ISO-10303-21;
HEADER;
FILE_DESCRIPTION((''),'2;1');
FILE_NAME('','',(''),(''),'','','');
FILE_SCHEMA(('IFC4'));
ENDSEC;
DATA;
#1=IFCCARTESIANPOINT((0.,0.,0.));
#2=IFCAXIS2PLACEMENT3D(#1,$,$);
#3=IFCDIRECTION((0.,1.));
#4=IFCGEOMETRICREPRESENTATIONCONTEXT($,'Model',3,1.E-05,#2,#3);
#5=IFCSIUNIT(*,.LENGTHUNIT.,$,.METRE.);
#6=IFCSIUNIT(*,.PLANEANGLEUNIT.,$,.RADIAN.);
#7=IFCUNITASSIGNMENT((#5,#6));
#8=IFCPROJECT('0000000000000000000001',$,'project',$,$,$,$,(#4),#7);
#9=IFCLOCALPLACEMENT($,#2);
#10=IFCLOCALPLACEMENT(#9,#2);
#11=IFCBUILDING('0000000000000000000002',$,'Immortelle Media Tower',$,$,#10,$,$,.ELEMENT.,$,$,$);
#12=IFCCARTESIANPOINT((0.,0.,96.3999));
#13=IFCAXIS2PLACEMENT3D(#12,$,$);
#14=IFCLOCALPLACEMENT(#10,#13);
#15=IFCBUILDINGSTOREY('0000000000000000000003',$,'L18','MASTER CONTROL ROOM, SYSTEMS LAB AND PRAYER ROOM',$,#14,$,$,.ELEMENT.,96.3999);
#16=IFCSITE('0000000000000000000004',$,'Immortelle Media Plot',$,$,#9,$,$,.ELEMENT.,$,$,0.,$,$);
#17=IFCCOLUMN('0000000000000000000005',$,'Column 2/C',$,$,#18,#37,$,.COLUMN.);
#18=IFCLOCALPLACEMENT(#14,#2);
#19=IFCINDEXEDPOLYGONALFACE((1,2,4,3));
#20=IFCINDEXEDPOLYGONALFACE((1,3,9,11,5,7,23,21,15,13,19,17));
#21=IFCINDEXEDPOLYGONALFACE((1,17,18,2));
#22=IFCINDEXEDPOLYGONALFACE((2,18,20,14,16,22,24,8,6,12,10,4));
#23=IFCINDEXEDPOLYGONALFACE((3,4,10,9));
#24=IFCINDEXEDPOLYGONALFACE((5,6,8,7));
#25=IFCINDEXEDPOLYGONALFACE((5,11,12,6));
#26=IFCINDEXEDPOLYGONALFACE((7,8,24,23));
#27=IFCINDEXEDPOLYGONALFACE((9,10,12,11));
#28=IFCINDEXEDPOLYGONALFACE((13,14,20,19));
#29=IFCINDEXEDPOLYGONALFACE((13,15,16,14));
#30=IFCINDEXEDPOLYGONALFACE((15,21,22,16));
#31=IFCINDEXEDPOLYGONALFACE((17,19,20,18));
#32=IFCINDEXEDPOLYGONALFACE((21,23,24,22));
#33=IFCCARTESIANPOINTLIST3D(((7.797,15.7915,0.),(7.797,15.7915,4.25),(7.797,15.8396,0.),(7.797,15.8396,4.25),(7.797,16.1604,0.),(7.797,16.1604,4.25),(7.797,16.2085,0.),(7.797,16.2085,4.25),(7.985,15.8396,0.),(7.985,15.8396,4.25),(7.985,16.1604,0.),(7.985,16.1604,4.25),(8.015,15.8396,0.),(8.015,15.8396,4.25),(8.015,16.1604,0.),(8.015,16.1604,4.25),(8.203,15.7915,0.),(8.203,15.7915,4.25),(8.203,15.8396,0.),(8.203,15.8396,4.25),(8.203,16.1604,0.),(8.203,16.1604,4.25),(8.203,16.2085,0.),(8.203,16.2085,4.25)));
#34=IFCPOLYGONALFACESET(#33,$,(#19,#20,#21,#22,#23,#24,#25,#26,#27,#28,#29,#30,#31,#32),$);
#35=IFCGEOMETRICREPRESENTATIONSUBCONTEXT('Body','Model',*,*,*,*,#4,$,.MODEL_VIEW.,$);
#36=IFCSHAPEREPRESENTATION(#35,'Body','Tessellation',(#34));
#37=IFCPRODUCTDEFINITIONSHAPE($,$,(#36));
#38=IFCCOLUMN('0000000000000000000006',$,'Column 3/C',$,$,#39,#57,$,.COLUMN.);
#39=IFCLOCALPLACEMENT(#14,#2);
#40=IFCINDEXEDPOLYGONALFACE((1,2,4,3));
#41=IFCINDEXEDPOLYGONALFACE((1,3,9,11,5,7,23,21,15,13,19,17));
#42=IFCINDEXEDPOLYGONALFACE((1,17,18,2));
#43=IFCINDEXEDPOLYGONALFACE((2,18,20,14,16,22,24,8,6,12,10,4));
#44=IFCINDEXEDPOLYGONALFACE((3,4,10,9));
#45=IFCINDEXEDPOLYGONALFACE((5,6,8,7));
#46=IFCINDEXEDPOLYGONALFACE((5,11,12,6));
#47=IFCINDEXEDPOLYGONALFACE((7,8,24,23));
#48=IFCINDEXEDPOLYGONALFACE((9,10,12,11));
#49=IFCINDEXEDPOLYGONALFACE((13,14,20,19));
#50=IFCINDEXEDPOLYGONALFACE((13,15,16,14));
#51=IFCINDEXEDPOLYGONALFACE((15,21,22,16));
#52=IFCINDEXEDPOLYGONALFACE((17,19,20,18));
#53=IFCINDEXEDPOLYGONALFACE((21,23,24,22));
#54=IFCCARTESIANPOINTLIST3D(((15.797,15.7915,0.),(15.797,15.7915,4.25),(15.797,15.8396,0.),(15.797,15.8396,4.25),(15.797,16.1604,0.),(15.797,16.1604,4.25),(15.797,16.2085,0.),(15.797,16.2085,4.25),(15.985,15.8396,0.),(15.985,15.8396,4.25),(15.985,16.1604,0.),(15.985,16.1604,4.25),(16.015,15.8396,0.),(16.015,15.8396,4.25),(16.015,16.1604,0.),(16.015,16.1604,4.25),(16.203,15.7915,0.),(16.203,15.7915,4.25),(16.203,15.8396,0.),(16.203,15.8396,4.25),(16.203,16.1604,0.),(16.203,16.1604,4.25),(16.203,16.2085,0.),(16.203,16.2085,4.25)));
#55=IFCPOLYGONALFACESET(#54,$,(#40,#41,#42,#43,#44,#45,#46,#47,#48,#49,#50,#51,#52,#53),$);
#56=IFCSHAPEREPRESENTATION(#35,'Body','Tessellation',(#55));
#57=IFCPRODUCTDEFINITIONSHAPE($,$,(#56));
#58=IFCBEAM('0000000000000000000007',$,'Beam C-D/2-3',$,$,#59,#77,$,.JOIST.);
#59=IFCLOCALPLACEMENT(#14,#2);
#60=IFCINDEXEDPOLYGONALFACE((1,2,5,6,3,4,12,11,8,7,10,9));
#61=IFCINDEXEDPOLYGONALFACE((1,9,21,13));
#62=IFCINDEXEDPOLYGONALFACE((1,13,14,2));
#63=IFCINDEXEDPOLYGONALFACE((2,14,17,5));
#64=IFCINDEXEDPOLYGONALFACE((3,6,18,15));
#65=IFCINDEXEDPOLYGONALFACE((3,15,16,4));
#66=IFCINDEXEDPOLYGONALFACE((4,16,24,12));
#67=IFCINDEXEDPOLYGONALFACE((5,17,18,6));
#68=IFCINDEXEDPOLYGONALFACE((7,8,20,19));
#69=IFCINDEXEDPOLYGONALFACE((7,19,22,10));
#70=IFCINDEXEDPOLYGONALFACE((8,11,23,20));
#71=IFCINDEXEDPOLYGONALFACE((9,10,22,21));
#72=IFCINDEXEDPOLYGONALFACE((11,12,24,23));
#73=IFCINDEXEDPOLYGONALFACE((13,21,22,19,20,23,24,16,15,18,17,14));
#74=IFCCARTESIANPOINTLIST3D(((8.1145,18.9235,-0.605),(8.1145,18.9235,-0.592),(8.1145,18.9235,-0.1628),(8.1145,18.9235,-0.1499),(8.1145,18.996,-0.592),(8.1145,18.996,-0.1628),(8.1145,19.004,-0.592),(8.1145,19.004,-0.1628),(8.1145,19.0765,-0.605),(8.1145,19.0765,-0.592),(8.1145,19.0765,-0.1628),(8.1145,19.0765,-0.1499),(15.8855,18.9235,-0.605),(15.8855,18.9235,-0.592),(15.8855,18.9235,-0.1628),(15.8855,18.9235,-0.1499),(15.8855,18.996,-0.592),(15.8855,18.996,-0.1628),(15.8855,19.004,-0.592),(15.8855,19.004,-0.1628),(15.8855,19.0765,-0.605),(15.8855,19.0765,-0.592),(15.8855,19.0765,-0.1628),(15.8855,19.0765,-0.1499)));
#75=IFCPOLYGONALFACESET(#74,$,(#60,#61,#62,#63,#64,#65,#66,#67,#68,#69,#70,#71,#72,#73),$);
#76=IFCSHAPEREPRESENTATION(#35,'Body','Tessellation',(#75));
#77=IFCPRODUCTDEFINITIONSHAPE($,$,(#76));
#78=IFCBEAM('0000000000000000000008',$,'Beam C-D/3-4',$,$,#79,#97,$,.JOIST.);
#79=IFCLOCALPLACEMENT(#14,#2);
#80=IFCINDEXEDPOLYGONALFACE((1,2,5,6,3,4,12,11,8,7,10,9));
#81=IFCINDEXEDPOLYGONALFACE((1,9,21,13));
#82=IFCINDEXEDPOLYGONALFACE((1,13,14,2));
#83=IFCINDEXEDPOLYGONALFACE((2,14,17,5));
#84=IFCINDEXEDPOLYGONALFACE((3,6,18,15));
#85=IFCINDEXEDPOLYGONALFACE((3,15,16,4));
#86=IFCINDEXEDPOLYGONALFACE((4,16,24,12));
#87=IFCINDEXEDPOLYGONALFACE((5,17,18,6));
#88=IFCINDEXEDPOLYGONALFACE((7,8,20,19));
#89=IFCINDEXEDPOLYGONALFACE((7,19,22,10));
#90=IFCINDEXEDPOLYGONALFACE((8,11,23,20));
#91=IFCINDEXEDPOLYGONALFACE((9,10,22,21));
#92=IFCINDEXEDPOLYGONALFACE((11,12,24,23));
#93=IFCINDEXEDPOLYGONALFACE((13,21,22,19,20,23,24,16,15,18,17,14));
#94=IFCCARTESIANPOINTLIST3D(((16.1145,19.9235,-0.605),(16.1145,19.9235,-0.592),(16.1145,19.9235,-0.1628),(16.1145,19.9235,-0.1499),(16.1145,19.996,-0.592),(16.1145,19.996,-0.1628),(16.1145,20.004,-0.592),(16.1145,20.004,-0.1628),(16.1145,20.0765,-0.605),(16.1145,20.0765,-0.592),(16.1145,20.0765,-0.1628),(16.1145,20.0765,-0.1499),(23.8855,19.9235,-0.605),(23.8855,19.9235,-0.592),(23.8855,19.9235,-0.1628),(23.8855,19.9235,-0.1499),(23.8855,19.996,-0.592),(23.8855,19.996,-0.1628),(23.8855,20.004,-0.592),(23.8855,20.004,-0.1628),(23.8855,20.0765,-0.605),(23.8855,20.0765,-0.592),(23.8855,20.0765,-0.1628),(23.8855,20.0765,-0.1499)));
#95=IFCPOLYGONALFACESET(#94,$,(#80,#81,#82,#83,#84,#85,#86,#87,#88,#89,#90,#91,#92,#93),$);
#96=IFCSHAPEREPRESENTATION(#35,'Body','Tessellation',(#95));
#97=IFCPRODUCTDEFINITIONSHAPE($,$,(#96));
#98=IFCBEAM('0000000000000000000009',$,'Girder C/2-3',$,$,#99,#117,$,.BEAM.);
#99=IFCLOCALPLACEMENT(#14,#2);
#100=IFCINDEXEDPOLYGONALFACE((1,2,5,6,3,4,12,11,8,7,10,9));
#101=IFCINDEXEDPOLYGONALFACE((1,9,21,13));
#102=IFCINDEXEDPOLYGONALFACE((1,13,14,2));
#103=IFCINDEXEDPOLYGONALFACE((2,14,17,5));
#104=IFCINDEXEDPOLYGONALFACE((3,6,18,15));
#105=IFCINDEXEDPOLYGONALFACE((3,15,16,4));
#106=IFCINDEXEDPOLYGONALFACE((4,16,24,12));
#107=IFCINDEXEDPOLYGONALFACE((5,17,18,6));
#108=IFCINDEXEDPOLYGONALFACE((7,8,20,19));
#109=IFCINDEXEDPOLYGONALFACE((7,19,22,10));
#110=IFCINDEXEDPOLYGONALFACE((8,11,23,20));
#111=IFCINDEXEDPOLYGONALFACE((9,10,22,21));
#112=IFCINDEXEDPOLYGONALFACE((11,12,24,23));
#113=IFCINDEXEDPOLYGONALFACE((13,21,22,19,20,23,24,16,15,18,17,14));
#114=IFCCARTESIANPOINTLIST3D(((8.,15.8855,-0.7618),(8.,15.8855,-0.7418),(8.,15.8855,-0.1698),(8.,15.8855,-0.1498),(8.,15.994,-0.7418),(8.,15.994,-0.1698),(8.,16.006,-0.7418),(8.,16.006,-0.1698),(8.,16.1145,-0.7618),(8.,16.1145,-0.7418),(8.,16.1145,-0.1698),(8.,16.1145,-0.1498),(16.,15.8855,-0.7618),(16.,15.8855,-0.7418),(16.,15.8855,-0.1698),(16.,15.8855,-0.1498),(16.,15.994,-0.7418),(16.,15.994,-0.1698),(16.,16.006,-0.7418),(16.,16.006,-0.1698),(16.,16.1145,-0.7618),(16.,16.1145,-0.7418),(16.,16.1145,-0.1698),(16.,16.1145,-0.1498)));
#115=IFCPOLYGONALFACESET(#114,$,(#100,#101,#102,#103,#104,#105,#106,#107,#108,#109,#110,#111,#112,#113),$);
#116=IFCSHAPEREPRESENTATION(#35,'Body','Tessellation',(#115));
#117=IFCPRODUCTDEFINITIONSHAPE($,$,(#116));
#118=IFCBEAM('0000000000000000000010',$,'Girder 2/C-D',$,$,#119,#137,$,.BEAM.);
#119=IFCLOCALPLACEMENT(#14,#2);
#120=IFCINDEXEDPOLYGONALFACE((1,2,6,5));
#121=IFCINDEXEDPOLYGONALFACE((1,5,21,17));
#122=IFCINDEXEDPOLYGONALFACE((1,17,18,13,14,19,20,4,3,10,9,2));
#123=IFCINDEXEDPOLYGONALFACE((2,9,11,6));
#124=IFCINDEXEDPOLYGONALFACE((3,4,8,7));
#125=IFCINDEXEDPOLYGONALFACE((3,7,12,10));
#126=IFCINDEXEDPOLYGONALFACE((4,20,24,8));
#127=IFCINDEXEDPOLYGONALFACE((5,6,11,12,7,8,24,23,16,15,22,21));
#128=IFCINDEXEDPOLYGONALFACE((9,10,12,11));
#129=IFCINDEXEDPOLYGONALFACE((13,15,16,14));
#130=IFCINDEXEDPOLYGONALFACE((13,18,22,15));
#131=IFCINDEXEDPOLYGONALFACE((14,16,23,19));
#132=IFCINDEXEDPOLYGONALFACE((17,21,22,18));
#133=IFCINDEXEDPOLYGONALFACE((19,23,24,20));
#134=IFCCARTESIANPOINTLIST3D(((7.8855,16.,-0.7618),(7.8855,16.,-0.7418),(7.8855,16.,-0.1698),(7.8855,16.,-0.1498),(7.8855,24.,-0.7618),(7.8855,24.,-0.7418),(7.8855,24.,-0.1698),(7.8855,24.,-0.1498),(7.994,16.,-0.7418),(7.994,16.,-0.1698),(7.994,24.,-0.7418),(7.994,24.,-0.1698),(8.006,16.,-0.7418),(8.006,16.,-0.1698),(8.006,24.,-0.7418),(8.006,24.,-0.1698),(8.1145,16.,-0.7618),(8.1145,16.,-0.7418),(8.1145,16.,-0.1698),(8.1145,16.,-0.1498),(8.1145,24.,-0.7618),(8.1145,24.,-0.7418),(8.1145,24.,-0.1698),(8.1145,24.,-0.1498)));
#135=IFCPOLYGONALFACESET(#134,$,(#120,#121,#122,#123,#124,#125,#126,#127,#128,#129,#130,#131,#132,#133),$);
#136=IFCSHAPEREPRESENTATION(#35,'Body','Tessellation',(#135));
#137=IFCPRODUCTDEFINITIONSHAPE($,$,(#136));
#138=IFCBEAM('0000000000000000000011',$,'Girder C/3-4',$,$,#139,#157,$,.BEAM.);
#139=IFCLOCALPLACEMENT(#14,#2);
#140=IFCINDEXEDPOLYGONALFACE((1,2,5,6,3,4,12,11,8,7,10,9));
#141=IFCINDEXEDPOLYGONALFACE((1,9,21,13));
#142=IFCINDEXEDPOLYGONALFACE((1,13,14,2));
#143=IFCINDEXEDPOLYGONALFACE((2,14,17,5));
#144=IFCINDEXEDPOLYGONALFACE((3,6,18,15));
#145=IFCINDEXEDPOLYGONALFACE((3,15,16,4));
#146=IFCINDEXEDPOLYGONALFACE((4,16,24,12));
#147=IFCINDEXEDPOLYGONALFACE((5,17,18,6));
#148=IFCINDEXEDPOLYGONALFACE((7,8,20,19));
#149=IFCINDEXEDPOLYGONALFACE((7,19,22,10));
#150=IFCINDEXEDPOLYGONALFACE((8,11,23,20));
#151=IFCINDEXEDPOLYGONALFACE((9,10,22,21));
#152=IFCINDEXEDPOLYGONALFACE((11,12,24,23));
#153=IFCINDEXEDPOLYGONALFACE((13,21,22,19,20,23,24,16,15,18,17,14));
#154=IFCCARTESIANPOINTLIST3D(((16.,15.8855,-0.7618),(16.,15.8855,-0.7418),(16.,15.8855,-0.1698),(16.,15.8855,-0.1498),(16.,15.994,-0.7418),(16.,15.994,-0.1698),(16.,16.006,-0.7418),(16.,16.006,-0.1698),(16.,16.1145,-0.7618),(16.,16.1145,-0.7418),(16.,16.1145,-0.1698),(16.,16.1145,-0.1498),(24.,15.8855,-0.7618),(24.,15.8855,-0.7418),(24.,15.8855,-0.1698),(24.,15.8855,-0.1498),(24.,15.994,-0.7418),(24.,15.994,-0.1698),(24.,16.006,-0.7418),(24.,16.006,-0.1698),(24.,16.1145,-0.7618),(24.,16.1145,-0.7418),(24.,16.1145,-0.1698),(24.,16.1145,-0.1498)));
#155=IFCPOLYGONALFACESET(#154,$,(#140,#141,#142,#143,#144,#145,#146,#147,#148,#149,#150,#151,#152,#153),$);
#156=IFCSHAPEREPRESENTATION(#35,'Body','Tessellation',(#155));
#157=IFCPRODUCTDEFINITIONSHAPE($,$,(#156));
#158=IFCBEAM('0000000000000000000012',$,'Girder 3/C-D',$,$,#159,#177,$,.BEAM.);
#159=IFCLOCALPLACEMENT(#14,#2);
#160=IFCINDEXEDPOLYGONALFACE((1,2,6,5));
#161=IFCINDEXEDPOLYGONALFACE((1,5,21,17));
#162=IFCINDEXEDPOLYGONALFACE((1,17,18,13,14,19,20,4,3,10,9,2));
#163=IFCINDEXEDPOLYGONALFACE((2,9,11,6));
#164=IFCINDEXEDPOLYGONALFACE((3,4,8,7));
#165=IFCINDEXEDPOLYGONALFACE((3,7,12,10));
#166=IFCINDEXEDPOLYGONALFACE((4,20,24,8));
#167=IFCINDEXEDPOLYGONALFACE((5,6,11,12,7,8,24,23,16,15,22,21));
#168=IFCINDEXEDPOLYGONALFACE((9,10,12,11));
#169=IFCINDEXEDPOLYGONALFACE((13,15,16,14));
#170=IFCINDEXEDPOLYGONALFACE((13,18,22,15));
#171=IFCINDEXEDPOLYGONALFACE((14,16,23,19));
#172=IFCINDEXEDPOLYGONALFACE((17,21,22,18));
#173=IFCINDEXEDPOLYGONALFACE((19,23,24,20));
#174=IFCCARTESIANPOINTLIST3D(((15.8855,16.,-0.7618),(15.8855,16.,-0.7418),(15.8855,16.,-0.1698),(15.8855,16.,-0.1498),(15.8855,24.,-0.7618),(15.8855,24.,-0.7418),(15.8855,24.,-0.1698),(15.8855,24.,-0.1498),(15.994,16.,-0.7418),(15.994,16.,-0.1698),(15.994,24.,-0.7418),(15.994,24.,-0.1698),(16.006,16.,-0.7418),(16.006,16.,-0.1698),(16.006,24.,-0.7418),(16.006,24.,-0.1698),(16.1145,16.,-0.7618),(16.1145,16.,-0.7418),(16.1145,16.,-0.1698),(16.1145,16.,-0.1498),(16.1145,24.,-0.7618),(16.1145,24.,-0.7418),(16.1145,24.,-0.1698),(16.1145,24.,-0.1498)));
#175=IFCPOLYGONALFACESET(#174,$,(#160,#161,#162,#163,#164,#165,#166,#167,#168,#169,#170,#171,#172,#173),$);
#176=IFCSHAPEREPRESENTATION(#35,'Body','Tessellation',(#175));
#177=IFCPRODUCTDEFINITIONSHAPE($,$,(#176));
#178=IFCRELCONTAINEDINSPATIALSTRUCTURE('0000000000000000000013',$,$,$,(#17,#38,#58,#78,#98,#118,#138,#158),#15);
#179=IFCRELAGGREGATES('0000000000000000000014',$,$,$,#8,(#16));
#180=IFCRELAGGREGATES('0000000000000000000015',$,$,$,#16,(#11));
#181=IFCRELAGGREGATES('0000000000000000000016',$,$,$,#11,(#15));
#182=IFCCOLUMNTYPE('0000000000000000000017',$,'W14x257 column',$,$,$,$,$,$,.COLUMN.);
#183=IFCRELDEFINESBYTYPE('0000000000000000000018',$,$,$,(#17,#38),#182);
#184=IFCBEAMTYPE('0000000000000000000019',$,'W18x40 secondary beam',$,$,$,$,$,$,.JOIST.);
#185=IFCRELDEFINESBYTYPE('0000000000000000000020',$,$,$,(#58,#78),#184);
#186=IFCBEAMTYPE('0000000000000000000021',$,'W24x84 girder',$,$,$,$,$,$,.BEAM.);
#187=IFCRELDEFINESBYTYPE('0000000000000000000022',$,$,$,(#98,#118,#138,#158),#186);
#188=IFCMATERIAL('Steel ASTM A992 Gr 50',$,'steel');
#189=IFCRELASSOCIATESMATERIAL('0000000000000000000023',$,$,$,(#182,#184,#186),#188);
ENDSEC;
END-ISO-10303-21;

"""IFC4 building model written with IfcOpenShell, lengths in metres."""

from ifc_helpers import new_model, si_unit, direction, frame, origin, origin_2d, place, context, subcontext, project, spatial, i_section, extrude, material, material_profile, profile_set, type_object, element, save


model = new_model("IFC4")

# Units and contexts
model_context = context("Model", 3, precision=1e-05, world=origin(), true_north=direction((0.0, 1.0)))
body_context = subcontext(model_context, "Body", "Model", "MODEL_VIEW")
ifc_project = project(units=[si_unit("LENGTHUNIT", "METRE"), si_unit("PLANEANGLEUNIT", "RADIAN")], contexts=[model_context])

# Site, building, storey
site_placement = place(None, origin())
site = spatial("IfcSite", under=ifc_project, at=site_placement, Name="Immortelle Media Plot", CompositionType="ELEMENT", RefElevation=0.0)
building_placement = place(site_placement, origin())
building = spatial("IfcBuilding", under=site, at=building_placement, Name="Immortelle Media Tower", CompositionType="ELEMENT")
storey_placement = place(building_placement, frame((0.0, 0.0, 96.3999)))
storey = spatial("IfcBuildingStorey", under=building, at=storey_placement, Name="L18", Description="MASTER CONTROL ROOM, SYSTEMS LAB AND PRAYER ROOM", CompositionType="ELEMENT", Elevation=96.3999)

# Columns
ifc_material_1 = material(Name="Steel ASTM A992 Gr 50", Category="steel")
ifc_material_profile_1 = material_profile(ifc_material_1, i_section(OverallWidth=0.406, OverallDepth=0.417, WebThickness=0.03, FlangeThickness=0.0481, at=origin_2d()), Name="W14x257")
ifc_profile_set_1 = profile_set([ifc_material_profile_1], Name="Steel ASTM A992 Gr 50")
column_type = type_object("IfcColumnType", Name="W14x257 column", PredefinedType="COLUMN", material=ifc_profile_set_1)
for number, where, z_axis, x_axis, name in (
    (1, (8.0, 16.0, 0.0), (0.0, 0.0, 1.0), (1.0, 0.0, 0.0), "Column 2/C"),
    (2, (16.0, 16.0, 0.0), (0.0, 0.0, 1.0), (1.0, 0.0, 0.0), "Column 3/C"),
):
    element("IfcColumn", number, at=place(storey_placement, frame(where, z_axis=z_axis, x_axis=x_axis)), inside=storey, type_object=column_type, Name=name, PredefinedType="COLUMN", context=body_context, shape_type="SweptSolid", body=[
        extrude(i_section(OverallWidth=0.406, OverallDepth=0.417, WebThickness=0.03, FlangeThickness=0.0481, at=origin_2d()), origin(), (0.0, 0.0, 1.0), 4.25),
    ])

# Beams
ifc_material_profile_2 = material_profile(ifc_material_1, i_section(OverallWidth=0.1531, OverallDepth=0.4551, WebThickness=0.0081, FlangeThickness=0.0129, at=origin_2d()), Name="W18x40")
ifc_profile_set_2 = profile_set([ifc_material_profile_2], Name="Steel ASTM A992 Gr 50")
beam_type_1 = type_object("IfcBeamType", Name="W18x40 secondary beam", PredefinedType="JOIST", material=ifc_profile_set_2)
for number, where, z_axis, x_axis, name in (
    (3, (8.1145, 19.0, -0.3774), (1.0, 0.0, 0.0), (0.0, 1.0, 0.0), "Beam C-D/2-3"),
    (4, (16.1145, 20.0, -0.3774), (1.0, 0.0, 0.0), (0.0, 1.0, 0.0), "Beam C-D/3-4"),
):
    element("IfcBeam", number, at=place(storey_placement, frame(where, z_axis=z_axis, x_axis=x_axis)), inside=storey, type_object=beam_type_1, Name=name, PredefinedType="JOIST", context=body_context, shape_type="SweptSolid", body=[
        extrude(i_section(OverallWidth=0.1531, OverallDepth=0.4551, WebThickness=0.0081, FlangeThickness=0.0129, at=origin_2d()), origin(), (0.0, 0.0, 1.0), 7.771),
    ])
ifc_material_profile_3 = material_profile(ifc_material_1, i_section(OverallWidth=0.229, OverallDepth=0.6121, WebThickness=0.012, FlangeThickness=0.02, at=origin_2d()), Name="W24x84")
ifc_profile_set_3 = profile_set([ifc_material_profile_3], Name="Steel ASTM A992 Gr 50")
beam_type_2 = type_object("IfcBeamType", Name="W24x84 girder", PredefinedType="BEAM", material=ifc_profile_set_3)
for number, where, z_axis, x_axis, name in (
    (5, (8.0, 16.0, -0.4558), (1.0, 0.0, 0.0), (0.0, 1.0, 0.0), "Girder C/2-3"),
    (6, (8.0, 16.0, -0.4558), (0.0, 1.0, 0.0), (-1.0, 0.0, 0.0), "Girder 2/C-D"),
    (7, (16.0, 16.0, -0.4558), (1.0, 0.0, 0.0), (0.0, 1.0, 0.0), "Girder C/3-4"),
    (8, (16.0, 16.0, -0.4558), (0.0, 1.0, 0.0), (-1.0, 0.0, 0.0), "Girder 3/C-D"),
):
    element("IfcBeam", number, at=place(storey_placement, frame(where, z_axis=z_axis, x_axis=x_axis)), inside=storey, type_object=beam_type_2, Name=name, PredefinedType="BEAM", context=body_context, shape_type="SweptSolid", body=[
        extrude(i_section(OverallWidth=0.229, OverallDepth=0.6121, WebThickness=0.012, FlangeThickness=0.02, at=origin_2d()), origin(), (0.0, 0.0, 1.0), 8.0),
    ])

save(model, "model.ifc")
